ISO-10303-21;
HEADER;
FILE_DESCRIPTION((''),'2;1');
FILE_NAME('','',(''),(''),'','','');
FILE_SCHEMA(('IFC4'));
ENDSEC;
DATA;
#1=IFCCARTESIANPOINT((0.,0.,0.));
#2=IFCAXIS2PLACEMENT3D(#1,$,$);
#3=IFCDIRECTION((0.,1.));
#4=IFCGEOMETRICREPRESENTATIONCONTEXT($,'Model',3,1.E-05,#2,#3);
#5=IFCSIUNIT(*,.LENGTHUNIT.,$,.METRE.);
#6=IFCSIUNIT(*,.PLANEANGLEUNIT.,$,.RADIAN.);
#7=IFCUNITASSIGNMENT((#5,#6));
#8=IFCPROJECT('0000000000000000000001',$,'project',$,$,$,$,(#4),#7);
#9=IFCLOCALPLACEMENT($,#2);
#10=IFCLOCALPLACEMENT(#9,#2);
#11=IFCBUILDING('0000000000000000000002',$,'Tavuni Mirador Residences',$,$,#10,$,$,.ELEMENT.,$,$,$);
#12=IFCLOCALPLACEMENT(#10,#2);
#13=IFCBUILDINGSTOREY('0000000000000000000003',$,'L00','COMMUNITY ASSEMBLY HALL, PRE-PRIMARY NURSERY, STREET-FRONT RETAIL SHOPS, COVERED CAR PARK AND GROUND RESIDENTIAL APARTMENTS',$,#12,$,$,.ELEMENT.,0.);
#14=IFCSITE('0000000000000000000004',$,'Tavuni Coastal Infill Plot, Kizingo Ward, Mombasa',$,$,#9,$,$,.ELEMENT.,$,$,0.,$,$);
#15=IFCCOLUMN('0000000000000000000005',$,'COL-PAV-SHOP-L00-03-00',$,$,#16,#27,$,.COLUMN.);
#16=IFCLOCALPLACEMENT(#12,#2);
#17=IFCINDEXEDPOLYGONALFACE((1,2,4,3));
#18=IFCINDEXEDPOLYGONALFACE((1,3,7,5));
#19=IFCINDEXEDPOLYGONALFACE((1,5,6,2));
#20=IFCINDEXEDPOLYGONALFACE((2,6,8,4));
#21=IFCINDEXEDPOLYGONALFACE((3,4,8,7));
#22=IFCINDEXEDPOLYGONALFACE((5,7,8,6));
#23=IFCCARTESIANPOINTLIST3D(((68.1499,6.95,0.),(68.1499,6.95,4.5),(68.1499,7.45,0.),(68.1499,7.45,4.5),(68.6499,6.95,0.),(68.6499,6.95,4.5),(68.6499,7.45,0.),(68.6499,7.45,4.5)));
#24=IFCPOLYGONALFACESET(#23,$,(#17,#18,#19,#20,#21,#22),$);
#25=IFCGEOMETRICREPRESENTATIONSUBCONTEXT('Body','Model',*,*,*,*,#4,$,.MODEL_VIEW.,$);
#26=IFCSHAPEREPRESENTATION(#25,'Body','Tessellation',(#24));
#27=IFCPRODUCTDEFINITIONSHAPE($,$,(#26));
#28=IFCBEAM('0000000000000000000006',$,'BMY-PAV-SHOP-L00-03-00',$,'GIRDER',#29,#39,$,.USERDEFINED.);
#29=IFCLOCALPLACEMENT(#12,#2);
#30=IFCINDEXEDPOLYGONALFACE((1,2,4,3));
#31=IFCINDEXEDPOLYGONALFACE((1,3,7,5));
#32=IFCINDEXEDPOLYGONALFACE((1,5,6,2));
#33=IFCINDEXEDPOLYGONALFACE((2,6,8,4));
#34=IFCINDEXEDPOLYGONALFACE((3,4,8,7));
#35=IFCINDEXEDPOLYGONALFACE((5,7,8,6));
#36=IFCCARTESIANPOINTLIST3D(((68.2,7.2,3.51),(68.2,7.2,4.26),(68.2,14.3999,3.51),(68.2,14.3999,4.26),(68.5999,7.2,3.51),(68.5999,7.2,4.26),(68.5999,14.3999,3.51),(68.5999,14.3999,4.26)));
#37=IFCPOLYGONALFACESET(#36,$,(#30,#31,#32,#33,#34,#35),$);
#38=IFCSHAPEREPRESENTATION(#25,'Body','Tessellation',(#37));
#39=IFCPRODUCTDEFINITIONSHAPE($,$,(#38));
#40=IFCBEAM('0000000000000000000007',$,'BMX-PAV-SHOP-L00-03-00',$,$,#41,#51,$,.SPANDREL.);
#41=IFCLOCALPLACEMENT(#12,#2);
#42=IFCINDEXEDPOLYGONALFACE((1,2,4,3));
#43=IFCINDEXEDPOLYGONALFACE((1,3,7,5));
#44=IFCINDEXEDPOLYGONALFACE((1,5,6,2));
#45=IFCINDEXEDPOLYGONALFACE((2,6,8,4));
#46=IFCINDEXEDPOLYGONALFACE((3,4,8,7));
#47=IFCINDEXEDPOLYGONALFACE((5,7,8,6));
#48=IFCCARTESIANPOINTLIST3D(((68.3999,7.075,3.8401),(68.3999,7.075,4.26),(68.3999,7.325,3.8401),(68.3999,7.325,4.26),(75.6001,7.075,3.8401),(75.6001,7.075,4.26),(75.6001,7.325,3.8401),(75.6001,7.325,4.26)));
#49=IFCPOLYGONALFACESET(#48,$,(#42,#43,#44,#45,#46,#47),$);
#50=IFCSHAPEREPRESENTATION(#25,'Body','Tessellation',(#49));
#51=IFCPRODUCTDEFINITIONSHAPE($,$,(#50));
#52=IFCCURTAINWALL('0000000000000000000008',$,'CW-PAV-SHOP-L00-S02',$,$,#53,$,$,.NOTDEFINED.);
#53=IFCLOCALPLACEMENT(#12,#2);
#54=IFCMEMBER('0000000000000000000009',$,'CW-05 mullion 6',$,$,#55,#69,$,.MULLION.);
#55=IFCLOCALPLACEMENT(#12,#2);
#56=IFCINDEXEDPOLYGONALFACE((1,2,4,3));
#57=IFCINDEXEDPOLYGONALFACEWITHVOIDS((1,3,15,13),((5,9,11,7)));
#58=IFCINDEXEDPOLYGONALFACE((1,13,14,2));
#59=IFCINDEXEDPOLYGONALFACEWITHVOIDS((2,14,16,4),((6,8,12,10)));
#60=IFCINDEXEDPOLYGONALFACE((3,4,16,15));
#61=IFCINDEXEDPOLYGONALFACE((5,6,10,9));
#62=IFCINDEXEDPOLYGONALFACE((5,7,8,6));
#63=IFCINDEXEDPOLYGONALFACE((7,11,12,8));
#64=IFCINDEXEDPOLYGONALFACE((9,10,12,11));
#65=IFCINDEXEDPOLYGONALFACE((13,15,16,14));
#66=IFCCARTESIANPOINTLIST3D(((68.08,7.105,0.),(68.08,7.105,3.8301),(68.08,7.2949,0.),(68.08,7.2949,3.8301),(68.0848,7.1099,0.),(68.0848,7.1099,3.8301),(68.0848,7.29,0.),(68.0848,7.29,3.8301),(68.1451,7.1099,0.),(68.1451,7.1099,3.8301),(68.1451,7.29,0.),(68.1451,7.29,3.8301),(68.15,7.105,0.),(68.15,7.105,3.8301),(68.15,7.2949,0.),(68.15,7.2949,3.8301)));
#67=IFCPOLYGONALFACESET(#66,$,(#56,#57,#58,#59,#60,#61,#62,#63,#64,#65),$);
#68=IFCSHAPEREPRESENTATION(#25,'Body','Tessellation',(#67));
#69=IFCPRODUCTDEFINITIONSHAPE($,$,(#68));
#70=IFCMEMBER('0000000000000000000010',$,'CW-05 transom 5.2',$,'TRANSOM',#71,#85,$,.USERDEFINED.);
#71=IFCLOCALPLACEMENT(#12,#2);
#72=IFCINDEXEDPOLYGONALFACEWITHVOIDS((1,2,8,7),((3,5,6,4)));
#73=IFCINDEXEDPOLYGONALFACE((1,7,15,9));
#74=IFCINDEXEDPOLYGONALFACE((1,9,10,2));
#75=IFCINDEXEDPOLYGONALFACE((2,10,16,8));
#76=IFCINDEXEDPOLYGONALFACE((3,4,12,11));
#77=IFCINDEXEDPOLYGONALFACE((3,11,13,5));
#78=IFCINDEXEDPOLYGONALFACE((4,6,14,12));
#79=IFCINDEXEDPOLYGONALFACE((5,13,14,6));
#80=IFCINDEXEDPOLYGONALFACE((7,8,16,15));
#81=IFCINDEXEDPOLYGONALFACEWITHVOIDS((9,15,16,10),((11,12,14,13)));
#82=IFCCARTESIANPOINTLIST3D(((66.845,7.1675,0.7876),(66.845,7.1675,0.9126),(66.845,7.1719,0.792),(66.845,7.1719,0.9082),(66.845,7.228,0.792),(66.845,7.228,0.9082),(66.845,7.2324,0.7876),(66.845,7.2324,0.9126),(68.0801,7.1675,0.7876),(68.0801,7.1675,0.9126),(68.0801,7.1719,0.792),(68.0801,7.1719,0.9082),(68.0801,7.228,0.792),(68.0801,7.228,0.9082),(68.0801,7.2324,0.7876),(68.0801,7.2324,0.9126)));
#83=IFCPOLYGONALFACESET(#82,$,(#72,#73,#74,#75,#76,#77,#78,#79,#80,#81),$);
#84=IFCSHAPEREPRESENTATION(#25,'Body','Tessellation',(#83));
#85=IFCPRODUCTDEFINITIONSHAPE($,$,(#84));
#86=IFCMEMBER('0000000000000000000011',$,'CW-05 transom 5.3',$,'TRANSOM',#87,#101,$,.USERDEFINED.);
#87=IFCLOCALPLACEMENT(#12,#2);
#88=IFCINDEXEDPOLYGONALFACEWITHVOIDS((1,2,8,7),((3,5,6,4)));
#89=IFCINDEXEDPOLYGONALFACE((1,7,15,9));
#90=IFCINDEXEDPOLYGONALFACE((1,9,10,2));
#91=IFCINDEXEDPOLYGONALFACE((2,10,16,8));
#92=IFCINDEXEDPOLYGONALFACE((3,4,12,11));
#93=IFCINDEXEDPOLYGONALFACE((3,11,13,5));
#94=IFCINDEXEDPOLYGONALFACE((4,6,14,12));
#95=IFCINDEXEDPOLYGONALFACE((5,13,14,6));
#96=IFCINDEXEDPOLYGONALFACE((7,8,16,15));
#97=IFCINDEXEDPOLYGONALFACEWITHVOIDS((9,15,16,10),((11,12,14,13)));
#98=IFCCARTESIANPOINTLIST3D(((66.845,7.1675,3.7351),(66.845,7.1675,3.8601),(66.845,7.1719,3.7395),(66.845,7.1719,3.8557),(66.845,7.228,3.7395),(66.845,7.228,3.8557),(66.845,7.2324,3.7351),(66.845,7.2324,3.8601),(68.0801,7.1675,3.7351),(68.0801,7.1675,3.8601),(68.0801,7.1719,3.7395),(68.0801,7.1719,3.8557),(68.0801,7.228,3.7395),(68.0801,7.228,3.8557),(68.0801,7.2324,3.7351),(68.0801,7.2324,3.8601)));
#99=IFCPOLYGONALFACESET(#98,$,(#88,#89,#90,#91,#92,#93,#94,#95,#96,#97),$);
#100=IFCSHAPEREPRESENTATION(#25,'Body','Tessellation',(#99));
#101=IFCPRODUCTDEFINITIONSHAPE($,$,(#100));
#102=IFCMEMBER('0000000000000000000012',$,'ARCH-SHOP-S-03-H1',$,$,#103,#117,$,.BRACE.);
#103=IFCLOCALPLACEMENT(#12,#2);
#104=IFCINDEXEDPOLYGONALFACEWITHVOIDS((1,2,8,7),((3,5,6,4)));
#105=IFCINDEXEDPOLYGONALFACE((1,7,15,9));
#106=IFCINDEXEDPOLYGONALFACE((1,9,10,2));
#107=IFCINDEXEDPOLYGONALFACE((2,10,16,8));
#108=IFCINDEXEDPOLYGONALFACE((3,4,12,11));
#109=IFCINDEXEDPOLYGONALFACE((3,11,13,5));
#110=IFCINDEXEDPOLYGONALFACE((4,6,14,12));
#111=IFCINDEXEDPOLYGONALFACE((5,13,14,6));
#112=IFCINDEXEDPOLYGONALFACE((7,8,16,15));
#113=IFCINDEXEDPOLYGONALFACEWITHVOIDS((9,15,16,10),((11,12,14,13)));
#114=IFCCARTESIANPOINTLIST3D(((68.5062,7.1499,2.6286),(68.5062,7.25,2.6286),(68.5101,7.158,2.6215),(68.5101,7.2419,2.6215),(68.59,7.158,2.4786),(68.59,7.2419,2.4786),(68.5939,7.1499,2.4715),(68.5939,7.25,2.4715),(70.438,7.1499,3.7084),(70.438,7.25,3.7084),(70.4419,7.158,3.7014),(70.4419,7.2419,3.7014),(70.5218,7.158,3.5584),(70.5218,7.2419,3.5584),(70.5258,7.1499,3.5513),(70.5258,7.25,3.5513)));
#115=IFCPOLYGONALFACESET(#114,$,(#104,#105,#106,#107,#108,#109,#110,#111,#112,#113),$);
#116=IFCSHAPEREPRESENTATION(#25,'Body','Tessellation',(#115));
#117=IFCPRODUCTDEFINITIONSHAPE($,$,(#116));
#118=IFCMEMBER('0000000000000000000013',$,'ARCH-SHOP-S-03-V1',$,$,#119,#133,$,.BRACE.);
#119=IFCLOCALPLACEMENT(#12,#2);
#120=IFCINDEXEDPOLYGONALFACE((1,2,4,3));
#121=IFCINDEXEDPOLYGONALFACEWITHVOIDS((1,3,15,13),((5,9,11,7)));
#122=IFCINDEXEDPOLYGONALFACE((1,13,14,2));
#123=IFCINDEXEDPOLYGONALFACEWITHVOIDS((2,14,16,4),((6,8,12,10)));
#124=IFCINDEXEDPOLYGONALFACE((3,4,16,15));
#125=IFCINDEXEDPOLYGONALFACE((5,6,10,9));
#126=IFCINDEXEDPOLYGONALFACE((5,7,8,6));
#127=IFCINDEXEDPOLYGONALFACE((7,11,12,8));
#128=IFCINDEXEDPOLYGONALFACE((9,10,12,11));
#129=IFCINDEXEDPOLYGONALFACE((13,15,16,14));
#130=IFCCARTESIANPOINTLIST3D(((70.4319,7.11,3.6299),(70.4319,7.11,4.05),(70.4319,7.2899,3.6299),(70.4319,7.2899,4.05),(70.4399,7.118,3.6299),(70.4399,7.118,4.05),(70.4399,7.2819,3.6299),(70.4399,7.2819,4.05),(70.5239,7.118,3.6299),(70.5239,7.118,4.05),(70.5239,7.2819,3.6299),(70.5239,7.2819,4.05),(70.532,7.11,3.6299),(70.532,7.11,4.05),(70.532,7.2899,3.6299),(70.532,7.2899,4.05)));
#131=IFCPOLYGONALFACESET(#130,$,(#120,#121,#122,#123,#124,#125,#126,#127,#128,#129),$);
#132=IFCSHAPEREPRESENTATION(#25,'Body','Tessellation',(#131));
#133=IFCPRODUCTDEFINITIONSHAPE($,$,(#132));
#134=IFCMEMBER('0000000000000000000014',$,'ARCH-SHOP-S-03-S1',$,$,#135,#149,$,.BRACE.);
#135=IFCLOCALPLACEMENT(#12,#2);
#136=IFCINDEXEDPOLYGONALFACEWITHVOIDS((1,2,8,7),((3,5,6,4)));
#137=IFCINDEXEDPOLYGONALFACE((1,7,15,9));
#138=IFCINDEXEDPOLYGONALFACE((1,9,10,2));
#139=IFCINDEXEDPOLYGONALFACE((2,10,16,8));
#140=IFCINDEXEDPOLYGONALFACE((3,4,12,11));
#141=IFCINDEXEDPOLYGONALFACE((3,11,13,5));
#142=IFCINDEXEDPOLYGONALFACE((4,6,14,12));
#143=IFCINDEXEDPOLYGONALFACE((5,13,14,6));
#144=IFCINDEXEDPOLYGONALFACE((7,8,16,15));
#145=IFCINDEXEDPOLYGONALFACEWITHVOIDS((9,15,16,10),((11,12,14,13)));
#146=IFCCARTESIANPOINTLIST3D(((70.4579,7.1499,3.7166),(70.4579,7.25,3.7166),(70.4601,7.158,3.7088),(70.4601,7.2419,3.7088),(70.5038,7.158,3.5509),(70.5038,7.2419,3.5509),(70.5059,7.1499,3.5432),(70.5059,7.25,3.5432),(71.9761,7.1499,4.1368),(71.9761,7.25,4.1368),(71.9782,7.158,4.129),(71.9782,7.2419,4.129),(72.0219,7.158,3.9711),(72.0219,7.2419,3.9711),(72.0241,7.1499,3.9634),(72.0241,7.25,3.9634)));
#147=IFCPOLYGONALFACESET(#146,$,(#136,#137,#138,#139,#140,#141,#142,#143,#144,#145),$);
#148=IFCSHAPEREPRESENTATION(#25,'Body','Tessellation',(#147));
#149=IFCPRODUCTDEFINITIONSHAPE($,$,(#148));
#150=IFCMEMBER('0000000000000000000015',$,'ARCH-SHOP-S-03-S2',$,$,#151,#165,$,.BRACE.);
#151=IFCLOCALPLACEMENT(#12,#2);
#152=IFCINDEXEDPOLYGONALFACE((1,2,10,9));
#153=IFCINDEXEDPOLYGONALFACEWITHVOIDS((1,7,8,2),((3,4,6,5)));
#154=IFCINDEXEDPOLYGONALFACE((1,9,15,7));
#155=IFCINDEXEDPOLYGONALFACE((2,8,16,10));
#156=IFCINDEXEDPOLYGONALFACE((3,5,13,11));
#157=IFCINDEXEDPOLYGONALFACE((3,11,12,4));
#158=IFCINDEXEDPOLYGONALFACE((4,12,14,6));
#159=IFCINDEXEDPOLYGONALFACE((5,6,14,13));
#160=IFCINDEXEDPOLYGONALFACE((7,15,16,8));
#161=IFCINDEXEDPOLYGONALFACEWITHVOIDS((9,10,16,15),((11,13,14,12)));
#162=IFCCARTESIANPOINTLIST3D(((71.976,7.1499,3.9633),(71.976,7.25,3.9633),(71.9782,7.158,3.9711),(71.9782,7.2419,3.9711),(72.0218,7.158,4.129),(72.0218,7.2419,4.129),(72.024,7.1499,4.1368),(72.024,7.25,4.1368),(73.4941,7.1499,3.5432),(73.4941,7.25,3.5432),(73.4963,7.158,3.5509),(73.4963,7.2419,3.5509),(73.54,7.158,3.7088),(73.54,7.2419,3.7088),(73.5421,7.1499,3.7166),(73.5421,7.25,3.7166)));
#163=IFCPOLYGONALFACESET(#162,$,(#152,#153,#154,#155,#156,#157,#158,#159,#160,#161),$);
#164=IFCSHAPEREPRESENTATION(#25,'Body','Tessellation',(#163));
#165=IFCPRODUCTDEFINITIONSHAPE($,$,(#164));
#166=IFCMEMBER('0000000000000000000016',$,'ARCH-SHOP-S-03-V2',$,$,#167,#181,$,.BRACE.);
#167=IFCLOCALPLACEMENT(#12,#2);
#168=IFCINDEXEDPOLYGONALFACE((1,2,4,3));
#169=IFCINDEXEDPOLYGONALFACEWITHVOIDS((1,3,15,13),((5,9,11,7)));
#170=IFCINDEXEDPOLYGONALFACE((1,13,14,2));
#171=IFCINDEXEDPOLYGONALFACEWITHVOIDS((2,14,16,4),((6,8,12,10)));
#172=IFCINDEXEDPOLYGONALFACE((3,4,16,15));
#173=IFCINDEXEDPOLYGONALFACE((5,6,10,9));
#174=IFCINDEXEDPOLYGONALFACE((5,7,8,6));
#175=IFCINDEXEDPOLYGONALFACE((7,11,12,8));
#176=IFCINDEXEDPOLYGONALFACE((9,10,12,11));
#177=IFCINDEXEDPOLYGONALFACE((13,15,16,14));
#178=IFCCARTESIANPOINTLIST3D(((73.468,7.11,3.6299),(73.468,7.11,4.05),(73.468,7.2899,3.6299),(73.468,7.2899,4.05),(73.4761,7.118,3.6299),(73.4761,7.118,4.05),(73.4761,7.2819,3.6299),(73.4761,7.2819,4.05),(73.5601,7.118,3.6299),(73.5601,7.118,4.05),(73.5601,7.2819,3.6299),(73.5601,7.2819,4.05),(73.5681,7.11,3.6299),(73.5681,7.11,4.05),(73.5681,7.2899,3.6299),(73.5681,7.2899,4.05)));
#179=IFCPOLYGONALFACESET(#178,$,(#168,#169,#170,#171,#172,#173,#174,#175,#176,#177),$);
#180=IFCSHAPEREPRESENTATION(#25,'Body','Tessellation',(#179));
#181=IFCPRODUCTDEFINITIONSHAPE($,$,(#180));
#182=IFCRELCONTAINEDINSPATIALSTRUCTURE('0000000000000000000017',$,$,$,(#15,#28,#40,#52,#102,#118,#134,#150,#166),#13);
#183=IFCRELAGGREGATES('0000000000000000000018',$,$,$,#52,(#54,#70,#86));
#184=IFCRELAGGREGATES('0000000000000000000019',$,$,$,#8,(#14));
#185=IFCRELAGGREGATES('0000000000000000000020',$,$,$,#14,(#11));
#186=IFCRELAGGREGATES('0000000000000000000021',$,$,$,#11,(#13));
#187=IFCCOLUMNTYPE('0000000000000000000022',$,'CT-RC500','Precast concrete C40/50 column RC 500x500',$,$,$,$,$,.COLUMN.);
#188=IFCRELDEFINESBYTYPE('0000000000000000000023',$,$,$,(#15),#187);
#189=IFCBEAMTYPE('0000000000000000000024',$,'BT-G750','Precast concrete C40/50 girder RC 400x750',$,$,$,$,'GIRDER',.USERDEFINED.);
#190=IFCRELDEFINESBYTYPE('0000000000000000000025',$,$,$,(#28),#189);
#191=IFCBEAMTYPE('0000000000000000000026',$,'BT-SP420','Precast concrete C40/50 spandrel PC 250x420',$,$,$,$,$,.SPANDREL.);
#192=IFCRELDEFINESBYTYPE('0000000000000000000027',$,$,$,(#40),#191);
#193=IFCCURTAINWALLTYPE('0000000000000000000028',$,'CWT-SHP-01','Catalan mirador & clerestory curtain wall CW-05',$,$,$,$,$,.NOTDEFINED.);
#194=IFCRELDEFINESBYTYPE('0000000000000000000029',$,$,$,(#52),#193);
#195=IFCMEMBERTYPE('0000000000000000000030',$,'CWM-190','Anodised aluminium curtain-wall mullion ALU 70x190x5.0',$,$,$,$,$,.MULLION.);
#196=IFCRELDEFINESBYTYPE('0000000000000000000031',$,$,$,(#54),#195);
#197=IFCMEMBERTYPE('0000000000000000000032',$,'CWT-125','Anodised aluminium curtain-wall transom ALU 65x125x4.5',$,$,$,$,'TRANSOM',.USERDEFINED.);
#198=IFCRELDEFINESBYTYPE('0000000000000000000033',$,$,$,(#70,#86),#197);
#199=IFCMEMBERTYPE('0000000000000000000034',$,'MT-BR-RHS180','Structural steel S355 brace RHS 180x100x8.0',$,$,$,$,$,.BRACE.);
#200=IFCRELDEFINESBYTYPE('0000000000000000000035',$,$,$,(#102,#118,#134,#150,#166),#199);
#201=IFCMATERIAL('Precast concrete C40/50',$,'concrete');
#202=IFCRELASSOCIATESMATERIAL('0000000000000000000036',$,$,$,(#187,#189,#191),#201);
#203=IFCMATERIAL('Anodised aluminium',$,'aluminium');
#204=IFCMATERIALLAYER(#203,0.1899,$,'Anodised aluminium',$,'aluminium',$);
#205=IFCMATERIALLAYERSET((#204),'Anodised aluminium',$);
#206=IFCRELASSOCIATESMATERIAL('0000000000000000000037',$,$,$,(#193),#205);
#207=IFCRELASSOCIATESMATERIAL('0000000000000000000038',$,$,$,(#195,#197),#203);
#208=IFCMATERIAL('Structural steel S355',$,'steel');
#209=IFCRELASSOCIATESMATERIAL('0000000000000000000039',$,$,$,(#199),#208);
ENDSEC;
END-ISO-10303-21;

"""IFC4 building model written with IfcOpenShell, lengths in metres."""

from ifc_helpers import new_model, si_unit, direction, frame, origin, origin_2d, place, context, subcontext, project, spatial, rectangle, hollow_rectangle, extrude, material, layer, layer_set, material_profile, profile_set, type_object, element, aggregate, save


model = new_model("IFC4")

# Units and contexts
model_context = context("Model", 3, precision=1e-05, world=origin(), true_north=direction((0.0, 1.0)))
body_context = subcontext(model_context, "Body", "Model", "MODEL_VIEW")
ifc_project = project(units=[si_unit("LENGTHUNIT", "METRE"), si_unit("PLANEANGLEUNIT", "RADIAN")], contexts=[model_context])

# Site, building, storey
site_placement = place(None, origin())
site = spatial("IfcSite", under=ifc_project, at=site_placement, Name="Tavuni Coastal Infill Plot, Kizingo Ward, Mombasa", CompositionType="ELEMENT", RefElevation=0.0)
building_placement = place(site_placement, origin())
building = spatial("IfcBuilding", under=site, at=building_placement, Name="Tavuni Mirador Residences", CompositionType="ELEMENT")
storey_placement = place(building_placement, origin())
storey = spatial("IfcBuildingStorey", under=building, at=storey_placement, Name="L00", Description="COMMUNITY ASSEMBLY HALL, PRE-PRIMARY NURSERY, STREET-FRONT RETAIL SHOPS, COVERED CAR PARK AND GROUND RESIDENTIAL APARTMENTS", CompositionType="ELEMENT", Elevation=0.0)

# Column
ifc_material_1 = material(Name="Precast concrete C40/50", Category="concrete")
ifc_material_profile_1 = material_profile(ifc_material_1, rectangle(XDim=0.5, YDim=0.5, at=origin_2d()), Name="RC 500x500", Category="concrete")
ifc_profile_set_1 = profile_set([ifc_material_profile_1], Name="Precast concrete C40/50")
column_type = type_object("IfcColumnType", Name="CT-RC500", Description="Precast concrete C40/50 column RC 500x500", PredefinedType="COLUMN", material=ifc_profile_set_1)
column_placement = place(storey_placement, frame((68.3999, 7.2, 0.0), z_axis=(0.0, 0.0, 1.0), x_axis=(1.0, 0.0, 0.0)))
element("IfcColumn", 1, at=column_placement, inside=storey, type_object=column_type, Name="COL-PAV-SHOP-L00-03-00", PredefinedType="COLUMN", context=body_context, shape_type="SweptSolid", body=[
    extrude(rectangle(XDim=0.5, YDim=0.5, at=origin_2d()), origin(), (0.0, 0.0, 1.0), 4.5),
])

# Beams
ifc_material_profile_2 = material_profile(ifc_material_1, rectangle(XDim=0.3999, YDim=0.75, at=origin_2d()), Name="RC 400x750", Category="concrete")
ifc_profile_set_2 = profile_set([ifc_material_profile_2], Name="Precast concrete C40/50")
beam_type_1 = type_object("IfcBeamType", Name="BT-G750", Description="Precast concrete C40/50 girder RC 400x750", ElementType="GIRDER", PredefinedType="USERDEFINED", material=ifc_profile_set_2)
beam_1_placement = place(storey_placement, frame((68.3999, 7.2, 3.885), z_axis=(0.0, 1.0, 0.0), x_axis=(-1.0, 0.0, 0.0)))
element("IfcBeam", 2, at=beam_1_placement, inside=storey, type_object=beam_type_1, Name="BMY-PAV-SHOP-L00-03-00", ObjectType="GIRDER", PredefinedType="USERDEFINED", context=body_context, shape_type="SweptSolid", body=[
    extrude(rectangle(XDim=0.3999, YDim=0.75, at=origin_2d()), origin(), (0.0, 0.0, 1.0), 7.2),
])
ifc_material_profile_3 = material_profile(ifc_material_1, rectangle(XDim=0.25, YDim=0.4199, at=origin_2d()), Name="PC 250x420", Category="concrete")
ifc_profile_set_3 = profile_set([ifc_material_profile_3], Name="Precast concrete C40/50")
beam_type_2 = type_object("IfcBeamType", Name="BT-SP420", Description="Precast concrete C40/50 spandrel PC 250x420", PredefinedType="SPANDREL", material=ifc_profile_set_3)
beam_2_placement = place(storey_placement, frame((68.3999, 7.2, 4.05), z_axis=(1.0, 0.0, 0.0), x_axis=(0.0, 1.0, 0.0)))
element("IfcBeam", 3, at=beam_2_placement, inside=storey, type_object=beam_type_2, Name="BMX-PAV-SHOP-L00-03-00", PredefinedType="SPANDREL", context=body_context, shape_type="SweptSolid", body=[
    extrude(rectangle(XDim=0.25, YDim=0.4199, at=origin_2d()), origin(), (0.0, 0.0, 1.0), 7.2002),
])

# Curtain wall, members
ifc_material_2 = material(Name="Anodised aluminium", Category="aluminium")
ifc_layer_1 = layer(ifc_material_2, 0.1899, Name="Anodised aluminium", Category="aluminium")
ifc_layer_set_1 = layer_set([ifc_layer_1], Name="Anodised aluminium")
curtain_wall_type = type_object("IfcCurtainWallType", Name="CWT-SHP-01", Description="Catalan mirador & clerestory curtain wall CW-05", PredefinedType="NOTDEFINED", material=ifc_layer_set_1)
curtain_wall_placement = place(storey_placement, origin())
curtain_wall = element("IfcCurtainWall", 4, at=curtain_wall_placement, inside=storey, type_object=curtain_wall_type, Name="CW-PAV-SHOP-L00-S02", PredefinedType="NOTDEFINED")
ifc_material_profile_4 = material_profile(ifc_material_2, hollow_rectangle(XDim=0.0701, YDim=0.1899, WallThickness=0.0049, at=origin_2d()), Name="ALU 70x190x5.0", Category="aluminium")
ifc_profile_set_4 = profile_set([ifc_material_profile_4], Name="Anodised aluminium")
member_type_1 = type_object("IfcMemberType", Name="CWM-190", Description="Anodised aluminium curtain-wall mullion ALU 70x190x5.0", PredefinedType="MULLION", material=ifc_profile_set_4)
member_1_placement = place(storey_placement, frame((68.115, 7.2, 0.0), z_axis=(0.0, 0.0, 1.0), x_axis=(1.0, 0.0, 0.0)))
member_1 = element("IfcMember", 5, at=member_1_placement, type_object=member_type_1, Name="CW-05 mullion 6", PredefinedType="MULLION", context=body_context, shape_type="SweptSolid", body=[
    extrude(hollow_rectangle(XDim=0.0701, YDim=0.1899, WallThickness=0.0049, at=origin_2d()), origin(), (0.0, 0.0, 1.0), 3.8301),
])
ifc_material_profile_5 = material_profile(ifc_material_2, hollow_rectangle(XDim=0.0649, YDim=0.125, WallThickness=0.0044, at=origin_2d()), Name="ALU 65x125x4.5", Category="aluminium")
ifc_profile_set_5 = profile_set([ifc_material_profile_5], Name="Anodised aluminium")
member_type_2 = type_object("IfcMemberType", Name="CWT-125", Description="Anodised aluminium curtain-wall transom ALU 65x125x4.5", ElementType="TRANSOM", PredefinedType="USERDEFINED", material=ifc_profile_set_5)
member_2_placement = place(storey_placement, frame((66.845, 7.2, 0.8501), z_axis=(1.0, 0.0, 0.0), x_axis=(0.0, 1.0, 0.0)))
member_2 = element("IfcMember", 6, at=member_2_placement, type_object=member_type_2, Name="CW-05 transom 5.2", ObjectType="TRANSOM", PredefinedType="USERDEFINED", context=body_context, shape_type="SweptSolid", body=[
    extrude(hollow_rectangle(XDim=0.0649, YDim=0.125, WallThickness=0.0044, at=origin_2d()), origin(), (0.0, 0.0, 1.0), 1.2351),
])
member_3_placement = place(storey_placement, frame((66.845, 7.2, 3.7976), z_axis=(1.0, 0.0, 0.0), x_axis=(0.0, 1.0, 0.0)))
member_3 = element("IfcMember", 7, at=member_3_placement, type_object=member_type_2, Name="CW-05 transom 5.3", ObjectType="TRANSOM", PredefinedType="USERDEFINED", context=body_context, shape_type="SweptSolid", body=[
    extrude(hollow_rectangle(XDim=0.0649, YDim=0.125, WallThickness=0.0044, at=origin_2d()), origin(), (0.0, 0.0, 1.0), 1.2351),
])

# Members
ifc_material_3 = material(Name="Structural steel S355", Category="steel")
ifc_material_profile_6 = material_profile(ifc_material_3, hollow_rectangle(XDim=0.1001, YDim=0.1799, WallThickness=0.0081, at=origin_2d()), Name="RHS 180x100x8.0", Category="steel")
ifc_profile_set_6 = profile_set([ifc_material_profile_6], Name="Structural steel S355")
member_type_3 = type_object("IfcMemberType", Name="MT-BR-RHS180", Description="Structural steel S355 brace RHS 180x100x8.0", PredefinedType="BRACE", material=ifc_profile_set_6)
member_4_placement = place(storey_placement, frame((68.55, 7.2, 2.55), z_axis=(0.872895, 0.0, 0.487908), x_axis=(0.0, 1.0, 0.0)))
element("IfcMember", 8, at=member_4_placement, inside=storey, type_object=member_type_3, Name="ARCH-SHOP-S-03-H1", PredefinedType="BRACE", context=body_context, shape_type="SweptSolid", body=[
    extrude(hollow_rectangle(XDim=0.1001, YDim=0.1799, WallThickness=0.0081, at=origin_2d()), origin(), (0.0, 0.0, 1.0), 2.2131),
])
member_5_placement = place(storey_placement, frame((70.4819, 7.2, 3.6299), z_axis=(0.0, 0.0, 1.0), x_axis=(1.0, 0.0, 0.0)))
element("IfcMember", 9, at=member_5_placement, inside=storey, type_object=member_type_3, Name="ARCH-SHOP-S-03-V1", PredefinedType="BRACE", context=body_context, shape_type="SweptSolid", body=[
    extrude(hollow_rectangle(XDim=0.1001, YDim=0.1799, WallThickness=0.0081, at=origin_2d()), origin(), (0.0, 0.0, 1.0), 0.4202),
])
for number, where, z_axis, x_axis, name in (
    (10, (70.4819, 7.2, 3.6299), (0.963766, 0.0, 0.266748), (0.0, 1.0, 0.0), "ARCH-SHOP-S-03-S1"),
    (11, (72.0, 7.2, 4.05), (0.963766, 0.0, -0.266748), (0.0, 1.0, 0.0), "ARCH-SHOP-S-03-S2"),
):
    element("IfcMember", number, at=place(storey_placement, frame(where, z_axis=z_axis, x_axis=x_axis)), inside=storey, type_object=member_type_3, Name=name, PredefinedType="BRACE", context=body_context, shape_type="SweptSolid", body=[
        extrude(hollow_rectangle(XDim=0.1001, YDim=0.1799, WallThickness=0.0081, at=origin_2d()), origin(), (0.0, 0.0, 1.0), 1.5752),
    ])
member_6_placement = place(storey_placement, frame((73.5181, 7.2, 3.6299), z_axis=(0.0, 0.0, 1.0), x_axis=(1.0, 0.0, 0.0)))
element("IfcMember", 12, at=member_6_placement, inside=storey, type_object=member_type_3, Name="ARCH-SHOP-S-03-V2", PredefinedType="BRACE", context=body_context, shape_type="SweptSolid", body=[
    extrude(hollow_rectangle(XDim=0.1001, YDim=0.1799, WallThickness=0.0081, at=origin_2d()), origin(), (0.0, 0.0, 1.0), 0.4202),
])

aggregate(curtain_wall, [member_1, member_2, member_3])

save(model, "model.ifc")
